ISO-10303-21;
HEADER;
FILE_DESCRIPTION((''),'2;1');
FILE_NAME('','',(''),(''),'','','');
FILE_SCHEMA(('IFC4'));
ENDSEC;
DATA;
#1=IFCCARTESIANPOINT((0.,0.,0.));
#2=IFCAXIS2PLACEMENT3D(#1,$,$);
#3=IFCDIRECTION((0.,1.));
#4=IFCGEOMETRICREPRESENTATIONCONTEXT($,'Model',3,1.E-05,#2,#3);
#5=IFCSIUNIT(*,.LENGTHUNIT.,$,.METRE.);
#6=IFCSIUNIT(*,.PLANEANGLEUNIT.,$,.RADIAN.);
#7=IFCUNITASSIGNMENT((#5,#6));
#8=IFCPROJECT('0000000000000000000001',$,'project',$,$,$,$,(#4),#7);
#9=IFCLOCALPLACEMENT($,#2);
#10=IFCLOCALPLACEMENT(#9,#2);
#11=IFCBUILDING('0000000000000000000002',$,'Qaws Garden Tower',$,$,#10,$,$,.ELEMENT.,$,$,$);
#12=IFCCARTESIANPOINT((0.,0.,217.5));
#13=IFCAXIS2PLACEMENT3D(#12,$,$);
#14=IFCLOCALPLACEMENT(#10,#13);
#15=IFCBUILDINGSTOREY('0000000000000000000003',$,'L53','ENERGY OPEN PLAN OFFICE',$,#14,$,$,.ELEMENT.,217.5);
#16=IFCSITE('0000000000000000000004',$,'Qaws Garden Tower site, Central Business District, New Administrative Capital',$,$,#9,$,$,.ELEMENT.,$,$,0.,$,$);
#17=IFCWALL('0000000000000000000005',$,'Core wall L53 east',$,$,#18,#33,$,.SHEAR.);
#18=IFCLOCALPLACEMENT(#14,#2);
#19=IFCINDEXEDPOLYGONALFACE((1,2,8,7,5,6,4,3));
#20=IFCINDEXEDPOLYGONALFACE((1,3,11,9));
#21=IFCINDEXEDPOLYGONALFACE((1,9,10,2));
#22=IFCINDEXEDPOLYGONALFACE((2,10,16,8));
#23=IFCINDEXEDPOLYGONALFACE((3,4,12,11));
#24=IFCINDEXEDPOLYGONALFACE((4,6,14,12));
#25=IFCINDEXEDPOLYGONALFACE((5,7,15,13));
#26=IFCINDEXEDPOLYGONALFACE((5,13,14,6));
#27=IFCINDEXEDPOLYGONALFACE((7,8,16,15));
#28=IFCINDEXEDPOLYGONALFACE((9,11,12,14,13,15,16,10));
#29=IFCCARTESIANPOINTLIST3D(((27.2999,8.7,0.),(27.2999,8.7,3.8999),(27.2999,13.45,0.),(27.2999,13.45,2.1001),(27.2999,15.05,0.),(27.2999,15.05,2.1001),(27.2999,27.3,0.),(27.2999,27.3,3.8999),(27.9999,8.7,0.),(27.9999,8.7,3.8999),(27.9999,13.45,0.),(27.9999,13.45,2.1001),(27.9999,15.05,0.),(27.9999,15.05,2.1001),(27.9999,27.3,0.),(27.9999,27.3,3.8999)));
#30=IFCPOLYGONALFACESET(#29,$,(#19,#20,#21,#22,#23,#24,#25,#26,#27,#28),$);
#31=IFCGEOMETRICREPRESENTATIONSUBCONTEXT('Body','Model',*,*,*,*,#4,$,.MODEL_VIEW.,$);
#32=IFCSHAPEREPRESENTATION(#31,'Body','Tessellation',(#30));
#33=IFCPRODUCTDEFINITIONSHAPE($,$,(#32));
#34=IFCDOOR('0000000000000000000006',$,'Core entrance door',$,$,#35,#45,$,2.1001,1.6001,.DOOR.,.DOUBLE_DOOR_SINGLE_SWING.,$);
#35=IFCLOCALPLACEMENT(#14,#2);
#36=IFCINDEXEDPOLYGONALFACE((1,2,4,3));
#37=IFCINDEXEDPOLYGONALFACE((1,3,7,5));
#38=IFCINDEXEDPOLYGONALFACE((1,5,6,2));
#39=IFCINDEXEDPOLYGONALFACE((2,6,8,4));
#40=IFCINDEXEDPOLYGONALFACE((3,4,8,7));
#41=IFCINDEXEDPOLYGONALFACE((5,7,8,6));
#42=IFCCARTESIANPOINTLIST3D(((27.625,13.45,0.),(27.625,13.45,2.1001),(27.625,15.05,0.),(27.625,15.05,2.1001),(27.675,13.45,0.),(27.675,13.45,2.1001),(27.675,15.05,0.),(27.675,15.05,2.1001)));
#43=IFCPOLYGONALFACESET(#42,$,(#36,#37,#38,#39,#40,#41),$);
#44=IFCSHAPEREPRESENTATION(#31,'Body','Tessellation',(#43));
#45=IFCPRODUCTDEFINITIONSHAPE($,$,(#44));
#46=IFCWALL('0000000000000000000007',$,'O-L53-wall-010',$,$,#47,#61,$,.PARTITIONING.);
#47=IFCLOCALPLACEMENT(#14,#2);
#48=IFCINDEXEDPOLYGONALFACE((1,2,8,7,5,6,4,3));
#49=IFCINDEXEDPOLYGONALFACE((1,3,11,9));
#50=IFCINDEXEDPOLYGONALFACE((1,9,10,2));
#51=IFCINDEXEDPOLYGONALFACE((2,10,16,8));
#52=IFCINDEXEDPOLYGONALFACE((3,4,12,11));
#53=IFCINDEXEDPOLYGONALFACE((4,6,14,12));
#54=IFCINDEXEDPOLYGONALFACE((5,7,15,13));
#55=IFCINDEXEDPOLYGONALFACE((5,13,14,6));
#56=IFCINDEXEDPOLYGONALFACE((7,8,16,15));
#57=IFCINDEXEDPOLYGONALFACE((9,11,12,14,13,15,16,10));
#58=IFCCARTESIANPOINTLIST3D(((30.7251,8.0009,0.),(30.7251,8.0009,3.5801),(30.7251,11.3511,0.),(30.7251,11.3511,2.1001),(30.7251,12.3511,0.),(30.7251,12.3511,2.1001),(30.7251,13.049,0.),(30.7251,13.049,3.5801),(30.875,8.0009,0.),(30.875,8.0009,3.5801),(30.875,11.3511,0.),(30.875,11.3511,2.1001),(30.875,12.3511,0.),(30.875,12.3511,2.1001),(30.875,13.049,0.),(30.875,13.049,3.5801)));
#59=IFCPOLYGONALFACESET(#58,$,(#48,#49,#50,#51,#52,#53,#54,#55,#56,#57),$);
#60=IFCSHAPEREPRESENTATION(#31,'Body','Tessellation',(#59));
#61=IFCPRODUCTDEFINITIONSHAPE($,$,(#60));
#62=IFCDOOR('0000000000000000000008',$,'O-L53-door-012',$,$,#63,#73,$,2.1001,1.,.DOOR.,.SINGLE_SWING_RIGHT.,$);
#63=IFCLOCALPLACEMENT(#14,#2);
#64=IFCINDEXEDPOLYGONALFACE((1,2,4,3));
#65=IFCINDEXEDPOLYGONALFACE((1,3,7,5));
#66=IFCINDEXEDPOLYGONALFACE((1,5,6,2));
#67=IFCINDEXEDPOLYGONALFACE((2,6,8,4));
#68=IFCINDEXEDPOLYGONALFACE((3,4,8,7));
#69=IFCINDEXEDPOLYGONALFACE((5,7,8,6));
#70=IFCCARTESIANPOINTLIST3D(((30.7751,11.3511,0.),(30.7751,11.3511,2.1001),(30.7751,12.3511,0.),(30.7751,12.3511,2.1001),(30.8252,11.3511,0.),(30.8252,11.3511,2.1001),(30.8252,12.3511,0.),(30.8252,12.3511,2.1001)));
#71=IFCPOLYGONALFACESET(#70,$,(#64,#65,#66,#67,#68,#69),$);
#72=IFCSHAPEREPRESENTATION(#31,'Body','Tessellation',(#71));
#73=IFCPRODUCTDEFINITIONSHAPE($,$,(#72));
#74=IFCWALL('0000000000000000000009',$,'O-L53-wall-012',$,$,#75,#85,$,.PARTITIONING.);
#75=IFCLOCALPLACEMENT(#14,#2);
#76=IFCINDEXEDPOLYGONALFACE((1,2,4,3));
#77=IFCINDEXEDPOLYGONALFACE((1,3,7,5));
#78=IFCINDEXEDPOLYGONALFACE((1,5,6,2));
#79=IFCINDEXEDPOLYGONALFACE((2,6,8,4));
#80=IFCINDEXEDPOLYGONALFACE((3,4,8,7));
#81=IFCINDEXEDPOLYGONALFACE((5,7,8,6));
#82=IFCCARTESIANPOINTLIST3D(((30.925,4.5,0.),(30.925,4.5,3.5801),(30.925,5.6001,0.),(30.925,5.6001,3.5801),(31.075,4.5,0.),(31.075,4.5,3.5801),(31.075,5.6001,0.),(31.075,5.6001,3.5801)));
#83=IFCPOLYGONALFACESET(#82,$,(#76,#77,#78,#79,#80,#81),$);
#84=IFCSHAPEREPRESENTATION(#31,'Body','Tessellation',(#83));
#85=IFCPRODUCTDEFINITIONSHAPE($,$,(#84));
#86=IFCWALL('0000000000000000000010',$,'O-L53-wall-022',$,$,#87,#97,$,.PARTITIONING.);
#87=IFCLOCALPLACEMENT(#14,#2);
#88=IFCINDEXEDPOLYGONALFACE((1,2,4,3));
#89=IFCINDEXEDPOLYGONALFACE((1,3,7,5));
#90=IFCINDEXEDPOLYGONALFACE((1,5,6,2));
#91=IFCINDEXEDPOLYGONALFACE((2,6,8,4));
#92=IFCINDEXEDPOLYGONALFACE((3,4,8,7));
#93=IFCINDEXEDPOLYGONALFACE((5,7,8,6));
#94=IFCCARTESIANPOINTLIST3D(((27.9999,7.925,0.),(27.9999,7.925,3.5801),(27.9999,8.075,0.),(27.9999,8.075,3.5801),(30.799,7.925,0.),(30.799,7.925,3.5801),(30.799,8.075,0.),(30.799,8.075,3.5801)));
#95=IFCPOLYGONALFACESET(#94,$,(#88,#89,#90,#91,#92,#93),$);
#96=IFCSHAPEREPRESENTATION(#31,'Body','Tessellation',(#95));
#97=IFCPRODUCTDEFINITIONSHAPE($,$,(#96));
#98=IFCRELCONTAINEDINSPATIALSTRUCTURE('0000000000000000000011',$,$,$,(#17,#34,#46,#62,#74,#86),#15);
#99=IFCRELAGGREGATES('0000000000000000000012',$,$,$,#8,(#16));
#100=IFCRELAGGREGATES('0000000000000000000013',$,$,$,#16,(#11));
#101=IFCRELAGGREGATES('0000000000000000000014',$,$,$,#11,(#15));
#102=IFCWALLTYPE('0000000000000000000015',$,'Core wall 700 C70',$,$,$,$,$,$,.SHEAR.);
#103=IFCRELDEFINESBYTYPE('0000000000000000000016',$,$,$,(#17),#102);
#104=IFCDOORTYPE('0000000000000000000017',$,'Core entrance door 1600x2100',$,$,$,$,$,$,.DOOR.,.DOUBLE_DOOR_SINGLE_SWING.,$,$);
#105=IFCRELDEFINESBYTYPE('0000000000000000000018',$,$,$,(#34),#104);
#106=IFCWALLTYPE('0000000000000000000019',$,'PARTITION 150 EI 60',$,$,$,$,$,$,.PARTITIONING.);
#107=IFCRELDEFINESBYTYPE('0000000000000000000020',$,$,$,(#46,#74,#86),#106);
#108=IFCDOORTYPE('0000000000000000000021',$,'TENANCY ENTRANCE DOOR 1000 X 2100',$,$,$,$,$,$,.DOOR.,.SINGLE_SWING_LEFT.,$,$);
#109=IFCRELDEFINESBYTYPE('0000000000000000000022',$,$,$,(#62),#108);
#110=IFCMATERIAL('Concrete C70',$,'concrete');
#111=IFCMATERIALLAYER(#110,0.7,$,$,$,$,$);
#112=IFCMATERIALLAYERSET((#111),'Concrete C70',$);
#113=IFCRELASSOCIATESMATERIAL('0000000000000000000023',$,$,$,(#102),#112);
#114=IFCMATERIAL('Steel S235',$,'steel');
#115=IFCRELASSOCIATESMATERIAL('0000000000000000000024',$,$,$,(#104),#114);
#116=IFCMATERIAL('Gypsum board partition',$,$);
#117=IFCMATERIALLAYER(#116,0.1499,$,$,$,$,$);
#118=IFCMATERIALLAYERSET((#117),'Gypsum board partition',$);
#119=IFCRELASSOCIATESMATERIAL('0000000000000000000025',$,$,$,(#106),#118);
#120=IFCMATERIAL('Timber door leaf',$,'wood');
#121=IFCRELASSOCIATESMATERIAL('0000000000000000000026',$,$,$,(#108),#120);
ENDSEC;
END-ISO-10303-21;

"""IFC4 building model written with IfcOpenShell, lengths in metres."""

from ifc_helpers import new_model, si_unit, direction, frame, frame_2d, origin, place, context, subcontext, project, spatial, rectangle, extrude, material, layer, layer_set, type_object, element, fill, save


model = new_model("IFC4")

# Units and contexts
model_context = context("Model", 3, precision=1e-05, world=origin(), true_north=direction((0.0, 1.0)))
body_context = subcontext(model_context, "Body", "Model", "MODEL_VIEW")
ifc_project = project(units=[si_unit("LENGTHUNIT", "METRE"), si_unit("PLANEANGLEUNIT", "RADIAN")], contexts=[model_context])

# Site, building, storey
site_placement = place(None, origin())
site = spatial("IfcSite", under=ifc_project, at=site_placement, Name="Qaws Garden Tower site, Central Business District, New Administrative Capital", CompositionType="ELEMENT", RefElevation=0.0)
building_placement = place(site_placement, origin())
building = spatial("IfcBuilding", under=site, at=building_placement, Name="Qaws Garden Tower", CompositionType="ELEMENT")
storey_placement = place(building_placement, frame((0.0, 0.0, 217.5)))
storey = spatial("IfcBuildingStorey", under=building, at=storey_placement, Name="L53", Description="ENERGY OPEN PLAN OFFICE", CompositionType="ELEMENT", Elevation=217.5)

# Walls, openings, doors
ifc_material_1 = material(Name="Concrete C70", Category="concrete")
ifc_layer_1 = layer(ifc_material_1, 0.7)
ifc_layer_set_1 = layer_set([ifc_layer_1], Name="Concrete C70")
wall_type_1 = type_object("IfcWallType", Name="Core wall 700 C70", PredefinedType="SHEAR", material=ifc_layer_set_1)
wall_1_placement = place(storey_placement, frame((27.6499, 8.7, 0.0), z_axis=(0.0, 0.0, 1.0), x_axis=(0.0, 1.0, 0.0)))
wall_1 = element("IfcWall", 1, at=wall_1_placement, inside=storey, type_object=wall_type_1, Name="Core wall L53 east", PredefinedType="SHEAR", context=body_context, shape_type="SweptSolid", body=[
    extrude(rectangle(XDim=18.6001, YDim=0.7, at=frame_2d((9.3, 0.0))), origin(), (0.0, 0.0, 1.0), 3.8999),
])
opening_1_placement = place(wall_1_placement, frame((4.75, 0.0, 0.0)))
opening_1 = element("IfcOpeningElement", 2, at=opening_1_placement, cuts=wall_1, PredefinedType="OPENING", context=body_context, shape_type="SweptSolid", body=[
    extrude(rectangle(XDim=1.6001, YDim=2.1001, at=frame_2d((0.8, 1.05))), frame((0.0, 0.3599, 0.0), z_axis=(0.0, -1.0, 0.0), x_axis=(1.0, 0.0, 0.0)), (0.0, 0.0, 1.0), 0.72),
])
ifc_material_2 = material(Name="Steel S235", Category="steel")
door_type_1 = type_object("IfcDoorType", Name="Core entrance door 1600x2100", OperationType="DOUBLE_DOOR_SINGLE_SWING", PredefinedType="DOOR", material=ifc_material_2)
door_1_placement = place(opening_1_placement, origin())
door_1 = element("IfcDoor", 3, at=door_1_placement, inside=storey, type_object=door_type_1, Name="Core entrance door", OperationType="DOUBLE_DOOR_SINGLE_SWING", OverallHeight=2.1001, OverallWidth=1.6001, PredefinedType="DOOR", context=body_context, shape_type="SweptSolid", body=[
    extrude(rectangle(XDim=1.6001, YDim=2.1001, at=frame_2d((0.8, 1.05))), frame((0.0, 0.0249, 0.0), z_axis=(0.0, -1.0, 0.0), x_axis=(1.0, 0.0, 0.0)), (0.0, 0.0, 1.0), 0.05),
])
fill(opening_1, door_1)
ifc_material_3 = material(Name="Gypsum board partition")
ifc_layer_2 = layer(ifc_material_3, 0.1499)
ifc_layer_set_2 = layer_set([ifc_layer_2], Name="Gypsum board partition")
wall_type_2 = type_object("IfcWallType", Name="PARTITION 150 EI 60", PredefinedType="PARTITIONING", material=ifc_layer_set_2)
wall_2_placement = place(storey_placement, frame((30.8, 8.001, 0.0), z_axis=(0.0, 0.0, 1.0), x_axis=(0.0, 1.0, 0.0)))
wall_2 = element("IfcWall", 4, at=wall_2_placement, inside=storey, type_object=wall_type_2, Name="O-L53-wall-010", PredefinedType="PARTITIONING", context=body_context, shape_type="SweptSolid", body=[
    extrude(rectangle(XDim=5.0481, YDim=0.1499, at=frame_2d((2.5239, 0.0))), origin(), (0.0, 0.0, 1.0), 3.5801),
])
opening_2_placement = place(wall_2_placement, frame((3.3501, 0.0, 0.0)))
opening_2 = element("IfcOpeningElement", 5, at=opening_2_placement, cuts=wall_2, PredefinedType="OPENING", context=body_context, shape_type="SweptSolid", body=[
    extrude(rectangle(XDim=1.0, YDim=2.1001, at=frame_2d((0.5, 1.05))), frame((0.0, 0.085, 0.0), z_axis=(0.0, -1.0, 0.0), x_axis=(1.0, 0.0, 0.0)), (0.0, 0.0, 1.0), 0.1699),
])
ifc_material_4 = material(Name="Timber door leaf", Category="wood")
door_type_2 = type_object("IfcDoorType", Name="TENANCY ENTRANCE DOOR 1000 X 2100", OperationType="SINGLE_SWING_LEFT", PredefinedType="DOOR", material=ifc_material_4)
door_2_placement = place(opening_2_placement, origin())
door_2 = element("IfcDoor", 6, at=door_2_placement, inside=storey, type_object=door_type_2, Name="O-L53-door-012", OperationType="SINGLE_SWING_RIGHT", OverallHeight=2.1001, OverallWidth=1.0, PredefinedType="DOOR", context=body_context, shape_type="SweptSolid", body=[
    extrude(rectangle(XDim=1.0, YDim=2.1001, at=frame_2d((0.5, 1.05))), frame((0.0, 0.0249, 0.0), z_axis=(0.0, -1.0, 0.0), x_axis=(1.0, 0.0, 0.0)), (0.0, 0.0, 1.0), 0.05),
])
fill(opening_2, door_2)

# Walls
wall_3_placement = place(storey_placement, frame((31.0, 4.5, 0.0), z_axis=(0.0, 0.0, 1.0), x_axis=(0.0, 1.0, 0.0)))
element("IfcWall", 7, at=wall_3_placement, inside=storey, type_object=wall_type_2, Name="O-L53-wall-012", PredefinedType="PARTITIONING", context=body_context, shape_type="SweptSolid", body=[
    extrude(rectangle(XDim=1.1001, YDim=0.1499, at=frame_2d((0.55, 0.0))), origin(), (0.0, 0.0, 1.0), 3.5801),
])
wall_4_placement = place(storey_placement, frame((28.0, 8.0, 0.0), z_axis=(0.0, 0.0, 1.0), x_axis=(1.0, 0.0, 0.0)))
element("IfcWall", 8, at=wall_4_placement, inside=storey, type_object=wall_type_2, Name="O-L53-wall-022", PredefinedType="PARTITIONING", context=body_context, shape_type="SweptSolid", body=[
    extrude(rectangle(XDim=2.7991, YDim=0.1499, at=frame_2d((1.3994, 0.0))), origin(), (0.0, 0.0, 1.0), 3.5801),
])

save(model, "model.ifc")
